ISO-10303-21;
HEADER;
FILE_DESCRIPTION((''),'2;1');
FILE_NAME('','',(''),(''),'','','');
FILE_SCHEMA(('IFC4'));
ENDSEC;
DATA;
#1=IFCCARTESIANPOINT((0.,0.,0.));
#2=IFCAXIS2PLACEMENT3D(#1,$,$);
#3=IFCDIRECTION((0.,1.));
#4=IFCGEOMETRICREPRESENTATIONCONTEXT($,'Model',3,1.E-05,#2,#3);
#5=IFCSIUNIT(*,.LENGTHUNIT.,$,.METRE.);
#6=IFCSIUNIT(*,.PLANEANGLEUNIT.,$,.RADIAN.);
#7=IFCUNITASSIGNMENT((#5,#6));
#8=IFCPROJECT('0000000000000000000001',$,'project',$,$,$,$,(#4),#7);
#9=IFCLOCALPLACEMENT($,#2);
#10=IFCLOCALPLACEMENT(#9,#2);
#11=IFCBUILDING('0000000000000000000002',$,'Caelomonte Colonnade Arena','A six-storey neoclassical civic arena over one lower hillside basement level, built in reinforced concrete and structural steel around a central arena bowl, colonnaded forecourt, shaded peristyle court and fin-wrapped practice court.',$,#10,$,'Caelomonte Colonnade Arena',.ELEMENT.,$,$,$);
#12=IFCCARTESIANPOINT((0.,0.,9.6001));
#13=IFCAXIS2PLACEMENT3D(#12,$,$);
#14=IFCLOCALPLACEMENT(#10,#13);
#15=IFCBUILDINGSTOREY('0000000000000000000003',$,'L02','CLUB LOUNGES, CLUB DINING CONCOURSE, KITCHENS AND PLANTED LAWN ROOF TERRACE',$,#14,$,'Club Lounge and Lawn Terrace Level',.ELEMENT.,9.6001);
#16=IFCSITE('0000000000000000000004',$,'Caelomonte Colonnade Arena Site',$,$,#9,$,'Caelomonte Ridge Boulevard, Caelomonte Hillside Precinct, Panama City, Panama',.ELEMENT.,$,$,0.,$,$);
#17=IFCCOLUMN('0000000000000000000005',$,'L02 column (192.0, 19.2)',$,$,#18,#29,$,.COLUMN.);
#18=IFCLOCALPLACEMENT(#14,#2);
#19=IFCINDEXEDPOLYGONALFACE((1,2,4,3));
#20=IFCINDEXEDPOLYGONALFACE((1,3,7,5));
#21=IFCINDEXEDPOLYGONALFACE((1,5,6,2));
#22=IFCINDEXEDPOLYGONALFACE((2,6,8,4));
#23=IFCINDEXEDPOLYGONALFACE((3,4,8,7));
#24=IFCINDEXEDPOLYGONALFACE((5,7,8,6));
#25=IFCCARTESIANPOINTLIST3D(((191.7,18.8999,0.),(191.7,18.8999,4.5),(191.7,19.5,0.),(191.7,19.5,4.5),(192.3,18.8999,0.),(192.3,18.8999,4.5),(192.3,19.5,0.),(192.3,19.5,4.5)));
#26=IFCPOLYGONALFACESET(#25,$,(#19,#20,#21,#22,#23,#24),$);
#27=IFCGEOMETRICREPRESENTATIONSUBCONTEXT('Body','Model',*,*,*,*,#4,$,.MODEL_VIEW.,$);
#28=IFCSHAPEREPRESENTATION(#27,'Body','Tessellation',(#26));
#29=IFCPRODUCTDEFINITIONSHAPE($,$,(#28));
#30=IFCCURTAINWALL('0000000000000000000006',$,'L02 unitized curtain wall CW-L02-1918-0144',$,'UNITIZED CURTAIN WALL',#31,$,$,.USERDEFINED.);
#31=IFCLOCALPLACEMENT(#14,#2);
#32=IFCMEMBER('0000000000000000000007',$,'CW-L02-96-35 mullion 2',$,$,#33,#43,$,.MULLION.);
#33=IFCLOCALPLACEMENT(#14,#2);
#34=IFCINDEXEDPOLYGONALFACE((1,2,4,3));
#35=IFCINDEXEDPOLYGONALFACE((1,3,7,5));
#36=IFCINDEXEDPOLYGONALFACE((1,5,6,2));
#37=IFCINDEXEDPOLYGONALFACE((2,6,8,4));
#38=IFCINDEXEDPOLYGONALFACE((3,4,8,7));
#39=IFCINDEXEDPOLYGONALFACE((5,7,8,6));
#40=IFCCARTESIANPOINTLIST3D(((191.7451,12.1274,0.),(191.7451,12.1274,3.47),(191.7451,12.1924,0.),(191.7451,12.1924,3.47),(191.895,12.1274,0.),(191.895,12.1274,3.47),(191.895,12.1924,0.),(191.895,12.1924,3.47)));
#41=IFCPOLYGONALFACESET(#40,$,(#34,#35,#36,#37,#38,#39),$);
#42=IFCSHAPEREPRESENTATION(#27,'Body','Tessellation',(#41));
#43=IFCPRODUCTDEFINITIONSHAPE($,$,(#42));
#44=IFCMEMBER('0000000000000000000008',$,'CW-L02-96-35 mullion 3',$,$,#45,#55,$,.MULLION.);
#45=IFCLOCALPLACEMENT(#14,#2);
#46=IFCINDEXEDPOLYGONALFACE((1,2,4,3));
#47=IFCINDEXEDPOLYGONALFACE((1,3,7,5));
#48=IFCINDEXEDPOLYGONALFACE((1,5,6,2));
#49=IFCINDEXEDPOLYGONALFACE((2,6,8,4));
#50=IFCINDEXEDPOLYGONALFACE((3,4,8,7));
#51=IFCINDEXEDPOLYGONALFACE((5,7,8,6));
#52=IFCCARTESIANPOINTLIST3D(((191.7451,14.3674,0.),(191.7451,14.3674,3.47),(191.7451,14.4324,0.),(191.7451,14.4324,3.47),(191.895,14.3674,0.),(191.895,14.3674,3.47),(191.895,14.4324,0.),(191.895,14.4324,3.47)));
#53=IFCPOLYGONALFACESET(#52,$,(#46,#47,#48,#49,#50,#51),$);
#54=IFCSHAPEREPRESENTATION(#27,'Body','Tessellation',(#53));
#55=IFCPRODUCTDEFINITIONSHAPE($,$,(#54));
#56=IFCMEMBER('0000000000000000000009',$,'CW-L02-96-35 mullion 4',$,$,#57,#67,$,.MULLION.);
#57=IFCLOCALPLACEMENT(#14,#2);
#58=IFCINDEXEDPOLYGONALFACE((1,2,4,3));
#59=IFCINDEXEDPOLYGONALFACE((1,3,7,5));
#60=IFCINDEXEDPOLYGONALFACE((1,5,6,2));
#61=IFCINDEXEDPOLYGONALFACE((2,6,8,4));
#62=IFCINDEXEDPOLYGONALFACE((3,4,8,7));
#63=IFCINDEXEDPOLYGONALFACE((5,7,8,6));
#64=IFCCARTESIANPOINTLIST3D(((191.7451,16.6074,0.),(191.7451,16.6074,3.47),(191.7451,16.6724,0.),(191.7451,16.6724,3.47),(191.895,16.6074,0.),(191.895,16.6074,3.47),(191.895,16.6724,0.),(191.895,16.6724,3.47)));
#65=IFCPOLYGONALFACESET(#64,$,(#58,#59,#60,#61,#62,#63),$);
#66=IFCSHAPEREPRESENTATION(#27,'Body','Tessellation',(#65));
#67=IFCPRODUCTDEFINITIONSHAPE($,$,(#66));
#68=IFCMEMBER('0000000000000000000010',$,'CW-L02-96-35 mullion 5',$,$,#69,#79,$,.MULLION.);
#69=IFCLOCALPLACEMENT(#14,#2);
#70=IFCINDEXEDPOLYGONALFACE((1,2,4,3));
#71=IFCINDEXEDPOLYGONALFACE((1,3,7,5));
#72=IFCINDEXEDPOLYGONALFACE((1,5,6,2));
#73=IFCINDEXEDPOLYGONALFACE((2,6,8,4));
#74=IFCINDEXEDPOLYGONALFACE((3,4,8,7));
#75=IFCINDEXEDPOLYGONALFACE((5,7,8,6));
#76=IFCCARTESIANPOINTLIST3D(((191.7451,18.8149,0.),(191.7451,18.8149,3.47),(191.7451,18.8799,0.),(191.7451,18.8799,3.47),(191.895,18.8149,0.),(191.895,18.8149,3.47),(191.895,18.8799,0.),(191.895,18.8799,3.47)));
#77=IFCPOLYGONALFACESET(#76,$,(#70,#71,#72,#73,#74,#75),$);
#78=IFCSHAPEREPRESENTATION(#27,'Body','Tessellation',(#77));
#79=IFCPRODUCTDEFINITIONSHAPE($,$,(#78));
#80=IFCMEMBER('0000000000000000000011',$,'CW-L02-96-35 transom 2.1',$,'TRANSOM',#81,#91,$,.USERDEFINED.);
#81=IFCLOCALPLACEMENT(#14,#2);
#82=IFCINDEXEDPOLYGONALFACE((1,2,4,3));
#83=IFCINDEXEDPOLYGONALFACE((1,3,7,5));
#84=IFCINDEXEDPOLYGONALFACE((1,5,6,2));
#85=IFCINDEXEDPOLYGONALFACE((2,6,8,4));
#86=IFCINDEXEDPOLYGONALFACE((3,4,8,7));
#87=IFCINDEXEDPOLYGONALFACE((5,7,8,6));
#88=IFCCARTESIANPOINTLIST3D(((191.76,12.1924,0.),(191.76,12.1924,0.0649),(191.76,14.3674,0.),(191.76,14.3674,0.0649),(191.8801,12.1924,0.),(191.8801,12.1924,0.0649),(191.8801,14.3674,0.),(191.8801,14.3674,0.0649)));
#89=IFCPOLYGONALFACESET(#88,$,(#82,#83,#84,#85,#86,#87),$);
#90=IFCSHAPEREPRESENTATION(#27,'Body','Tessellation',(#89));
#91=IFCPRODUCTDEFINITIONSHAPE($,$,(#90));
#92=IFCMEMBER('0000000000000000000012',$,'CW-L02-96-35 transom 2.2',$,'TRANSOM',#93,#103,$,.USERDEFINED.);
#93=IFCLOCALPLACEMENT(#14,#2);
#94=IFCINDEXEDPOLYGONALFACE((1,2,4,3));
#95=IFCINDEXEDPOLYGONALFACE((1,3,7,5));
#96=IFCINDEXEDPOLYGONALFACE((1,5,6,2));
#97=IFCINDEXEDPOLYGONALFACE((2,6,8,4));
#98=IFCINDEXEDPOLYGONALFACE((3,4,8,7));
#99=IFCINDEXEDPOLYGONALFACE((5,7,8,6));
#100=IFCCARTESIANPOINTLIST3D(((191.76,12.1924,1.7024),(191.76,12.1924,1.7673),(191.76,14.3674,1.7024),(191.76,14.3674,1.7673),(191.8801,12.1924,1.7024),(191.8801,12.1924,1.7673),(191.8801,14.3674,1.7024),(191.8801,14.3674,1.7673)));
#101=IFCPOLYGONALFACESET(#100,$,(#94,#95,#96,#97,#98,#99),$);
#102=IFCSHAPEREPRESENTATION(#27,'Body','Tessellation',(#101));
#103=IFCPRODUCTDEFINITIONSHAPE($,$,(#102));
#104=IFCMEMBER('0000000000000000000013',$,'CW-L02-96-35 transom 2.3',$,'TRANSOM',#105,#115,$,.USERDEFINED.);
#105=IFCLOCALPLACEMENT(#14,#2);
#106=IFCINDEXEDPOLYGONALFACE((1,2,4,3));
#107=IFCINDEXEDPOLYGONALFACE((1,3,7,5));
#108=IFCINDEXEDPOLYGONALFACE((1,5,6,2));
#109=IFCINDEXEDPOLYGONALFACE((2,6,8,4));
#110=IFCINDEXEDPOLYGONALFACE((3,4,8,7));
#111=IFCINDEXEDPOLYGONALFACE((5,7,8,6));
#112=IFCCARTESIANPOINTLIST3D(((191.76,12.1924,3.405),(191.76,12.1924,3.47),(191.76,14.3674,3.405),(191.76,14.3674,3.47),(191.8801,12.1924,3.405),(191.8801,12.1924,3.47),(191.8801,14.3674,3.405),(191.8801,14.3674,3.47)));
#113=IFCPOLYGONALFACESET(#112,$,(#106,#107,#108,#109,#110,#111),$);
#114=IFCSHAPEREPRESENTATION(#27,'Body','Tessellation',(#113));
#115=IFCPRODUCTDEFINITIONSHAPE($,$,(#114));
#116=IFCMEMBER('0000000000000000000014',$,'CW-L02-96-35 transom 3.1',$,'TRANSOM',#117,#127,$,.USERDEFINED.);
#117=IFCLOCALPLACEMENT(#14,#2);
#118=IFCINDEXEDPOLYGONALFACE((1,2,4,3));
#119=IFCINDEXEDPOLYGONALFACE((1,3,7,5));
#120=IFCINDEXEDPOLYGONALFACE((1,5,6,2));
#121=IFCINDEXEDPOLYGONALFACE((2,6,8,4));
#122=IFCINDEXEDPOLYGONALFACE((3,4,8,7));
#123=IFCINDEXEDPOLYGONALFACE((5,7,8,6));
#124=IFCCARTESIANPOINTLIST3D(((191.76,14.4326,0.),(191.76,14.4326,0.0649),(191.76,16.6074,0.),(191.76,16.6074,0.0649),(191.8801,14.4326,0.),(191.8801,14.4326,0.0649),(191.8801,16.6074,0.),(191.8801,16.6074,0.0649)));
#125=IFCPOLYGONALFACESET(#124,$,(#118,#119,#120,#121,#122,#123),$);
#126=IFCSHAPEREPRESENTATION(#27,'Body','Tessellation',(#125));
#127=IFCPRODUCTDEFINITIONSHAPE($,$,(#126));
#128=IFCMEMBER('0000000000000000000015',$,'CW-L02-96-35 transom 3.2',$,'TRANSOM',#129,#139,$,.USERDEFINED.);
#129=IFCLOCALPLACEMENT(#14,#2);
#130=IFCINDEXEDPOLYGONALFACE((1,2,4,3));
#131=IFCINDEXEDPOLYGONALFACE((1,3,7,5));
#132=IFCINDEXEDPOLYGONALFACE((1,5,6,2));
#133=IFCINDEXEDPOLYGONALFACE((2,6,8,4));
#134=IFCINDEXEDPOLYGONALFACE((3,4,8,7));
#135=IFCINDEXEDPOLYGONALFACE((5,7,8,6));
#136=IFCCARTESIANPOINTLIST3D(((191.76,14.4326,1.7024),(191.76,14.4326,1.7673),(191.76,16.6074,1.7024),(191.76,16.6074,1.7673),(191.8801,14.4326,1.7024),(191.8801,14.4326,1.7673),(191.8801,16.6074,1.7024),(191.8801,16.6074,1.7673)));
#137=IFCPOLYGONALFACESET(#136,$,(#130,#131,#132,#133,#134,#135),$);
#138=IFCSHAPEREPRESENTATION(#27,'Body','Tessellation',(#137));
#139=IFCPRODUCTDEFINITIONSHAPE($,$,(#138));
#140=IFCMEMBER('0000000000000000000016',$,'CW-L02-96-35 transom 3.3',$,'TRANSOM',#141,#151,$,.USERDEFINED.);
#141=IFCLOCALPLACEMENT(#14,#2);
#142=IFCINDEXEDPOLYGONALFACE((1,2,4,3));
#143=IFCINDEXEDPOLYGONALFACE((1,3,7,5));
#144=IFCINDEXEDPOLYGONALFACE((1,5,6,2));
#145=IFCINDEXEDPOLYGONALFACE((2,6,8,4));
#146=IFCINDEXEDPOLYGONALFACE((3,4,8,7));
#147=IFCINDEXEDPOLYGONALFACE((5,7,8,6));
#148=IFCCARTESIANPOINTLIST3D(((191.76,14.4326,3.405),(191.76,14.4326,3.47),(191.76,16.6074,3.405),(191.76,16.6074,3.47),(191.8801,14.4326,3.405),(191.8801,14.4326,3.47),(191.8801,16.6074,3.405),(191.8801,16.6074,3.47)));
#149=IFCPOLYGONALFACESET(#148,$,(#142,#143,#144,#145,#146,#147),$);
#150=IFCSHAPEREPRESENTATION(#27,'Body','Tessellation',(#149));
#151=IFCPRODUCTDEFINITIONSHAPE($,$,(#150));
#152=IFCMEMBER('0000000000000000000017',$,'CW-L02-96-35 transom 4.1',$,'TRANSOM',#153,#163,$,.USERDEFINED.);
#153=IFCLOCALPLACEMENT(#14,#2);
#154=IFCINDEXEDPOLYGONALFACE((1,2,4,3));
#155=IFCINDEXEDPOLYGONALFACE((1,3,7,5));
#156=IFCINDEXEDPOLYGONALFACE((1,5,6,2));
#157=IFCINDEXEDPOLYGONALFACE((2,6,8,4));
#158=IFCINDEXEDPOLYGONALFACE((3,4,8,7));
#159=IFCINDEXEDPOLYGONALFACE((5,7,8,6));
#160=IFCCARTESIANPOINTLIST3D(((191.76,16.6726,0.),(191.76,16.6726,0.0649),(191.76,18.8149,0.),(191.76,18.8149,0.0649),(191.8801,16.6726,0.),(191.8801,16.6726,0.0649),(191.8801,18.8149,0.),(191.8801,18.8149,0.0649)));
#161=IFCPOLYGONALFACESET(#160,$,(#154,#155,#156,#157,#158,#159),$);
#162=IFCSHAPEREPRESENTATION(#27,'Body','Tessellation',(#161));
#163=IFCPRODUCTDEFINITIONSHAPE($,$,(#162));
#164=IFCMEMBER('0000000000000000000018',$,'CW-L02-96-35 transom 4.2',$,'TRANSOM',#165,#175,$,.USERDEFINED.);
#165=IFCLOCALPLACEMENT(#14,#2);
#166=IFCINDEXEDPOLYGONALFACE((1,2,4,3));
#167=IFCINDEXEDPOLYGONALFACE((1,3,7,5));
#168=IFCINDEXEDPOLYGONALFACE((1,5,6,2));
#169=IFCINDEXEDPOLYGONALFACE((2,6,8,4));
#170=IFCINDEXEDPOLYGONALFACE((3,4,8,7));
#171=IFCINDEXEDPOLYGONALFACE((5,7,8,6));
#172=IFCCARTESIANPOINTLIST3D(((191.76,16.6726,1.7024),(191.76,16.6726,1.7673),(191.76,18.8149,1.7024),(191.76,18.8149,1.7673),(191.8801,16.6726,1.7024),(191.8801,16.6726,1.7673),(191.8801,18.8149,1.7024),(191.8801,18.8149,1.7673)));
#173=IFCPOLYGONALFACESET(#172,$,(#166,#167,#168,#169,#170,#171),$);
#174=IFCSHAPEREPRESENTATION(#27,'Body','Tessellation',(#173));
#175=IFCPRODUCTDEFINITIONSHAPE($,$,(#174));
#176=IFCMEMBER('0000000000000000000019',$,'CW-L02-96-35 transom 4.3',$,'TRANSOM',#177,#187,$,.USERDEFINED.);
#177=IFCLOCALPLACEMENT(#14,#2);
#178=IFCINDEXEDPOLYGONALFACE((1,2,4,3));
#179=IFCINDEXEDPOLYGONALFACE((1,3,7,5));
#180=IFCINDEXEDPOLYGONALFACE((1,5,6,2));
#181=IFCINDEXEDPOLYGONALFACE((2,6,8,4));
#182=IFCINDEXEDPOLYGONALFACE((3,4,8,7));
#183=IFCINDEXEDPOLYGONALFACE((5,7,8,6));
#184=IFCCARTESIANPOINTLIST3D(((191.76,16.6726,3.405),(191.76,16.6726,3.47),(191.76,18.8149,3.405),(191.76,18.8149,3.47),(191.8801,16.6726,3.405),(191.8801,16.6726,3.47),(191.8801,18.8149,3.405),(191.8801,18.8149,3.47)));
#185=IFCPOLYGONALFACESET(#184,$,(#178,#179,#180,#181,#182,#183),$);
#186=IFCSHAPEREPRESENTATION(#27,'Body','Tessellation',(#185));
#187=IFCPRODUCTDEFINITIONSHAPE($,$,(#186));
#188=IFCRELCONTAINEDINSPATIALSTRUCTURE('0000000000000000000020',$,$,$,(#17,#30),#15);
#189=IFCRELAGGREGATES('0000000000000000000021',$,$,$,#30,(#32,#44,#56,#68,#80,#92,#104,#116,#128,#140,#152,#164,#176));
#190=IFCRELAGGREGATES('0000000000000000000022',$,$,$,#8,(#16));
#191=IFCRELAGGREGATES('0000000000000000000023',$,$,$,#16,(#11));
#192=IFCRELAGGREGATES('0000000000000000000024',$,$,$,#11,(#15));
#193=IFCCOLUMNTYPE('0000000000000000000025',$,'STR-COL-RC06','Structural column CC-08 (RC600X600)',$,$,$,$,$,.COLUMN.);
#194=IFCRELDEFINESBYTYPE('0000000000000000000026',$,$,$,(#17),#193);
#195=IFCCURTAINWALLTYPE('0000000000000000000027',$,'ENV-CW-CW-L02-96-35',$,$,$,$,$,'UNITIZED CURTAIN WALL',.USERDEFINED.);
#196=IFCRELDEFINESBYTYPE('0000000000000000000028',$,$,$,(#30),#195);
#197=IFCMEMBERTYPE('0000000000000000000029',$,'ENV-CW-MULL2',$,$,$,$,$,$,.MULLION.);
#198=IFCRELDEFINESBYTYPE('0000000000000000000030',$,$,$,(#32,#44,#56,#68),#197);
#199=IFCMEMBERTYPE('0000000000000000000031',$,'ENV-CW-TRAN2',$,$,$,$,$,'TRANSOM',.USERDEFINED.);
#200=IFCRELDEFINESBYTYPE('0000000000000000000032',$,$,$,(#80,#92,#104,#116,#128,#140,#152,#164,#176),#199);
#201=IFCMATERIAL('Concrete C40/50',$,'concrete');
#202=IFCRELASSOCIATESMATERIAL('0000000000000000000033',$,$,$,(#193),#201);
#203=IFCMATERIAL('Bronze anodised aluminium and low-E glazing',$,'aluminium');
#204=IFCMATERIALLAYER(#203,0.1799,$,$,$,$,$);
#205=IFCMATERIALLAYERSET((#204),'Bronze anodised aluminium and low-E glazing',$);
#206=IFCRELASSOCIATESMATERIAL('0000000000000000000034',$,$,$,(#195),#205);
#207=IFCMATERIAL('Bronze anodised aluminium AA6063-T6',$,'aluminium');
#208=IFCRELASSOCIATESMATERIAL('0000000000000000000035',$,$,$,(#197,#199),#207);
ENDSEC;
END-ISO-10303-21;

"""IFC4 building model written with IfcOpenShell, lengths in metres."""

from ifc_helpers import new_model, si_unit, direction, frame, origin, origin_2d, place, context, subcontext, project, spatial, rectangle, extrude, material, layer, layer_set, material_profile, profile_set, type_object, element, aggregate, save


model = new_model("IFC4")

# Units and contexts
model_context = context("Model", 3, precision=1e-05, world=origin(), true_north=direction((0.0, 1.0)))
body_context = subcontext(model_context, "Body", "Model", "MODEL_VIEW")
ifc_project = project(units=[si_unit("LENGTHUNIT", "METRE"), si_unit("PLANEANGLEUNIT", "RADIAN")], contexts=[model_context])

# Site, building, storey
site_placement = place(None, origin())
site = spatial("IfcSite", under=ifc_project, at=site_placement, Name="Caelomonte Colonnade Arena Site", LongName="Caelomonte Ridge Boulevard, Caelomonte Hillside Precinct, Panama City, Panama", CompositionType="ELEMENT", RefElevation=0.0)
building_placement = place(site_placement, origin())
building = spatial("IfcBuilding", under=site, at=building_placement, Name="Caelomonte Colonnade Arena", Description="A six-storey neoclassical civic arena over one lower hillside basement level, built in reinforced concrete and structural steel around a central arena bowl, colonnaded forecourt, shaded peristyle court and fin-wrapped practice court.", LongName="Caelomonte Colonnade Arena", CompositionType="ELEMENT")
storey_placement = place(building_placement, frame((0.0, 0.0, 9.6001)))
storey = spatial("IfcBuildingStorey", under=building, at=storey_placement, Name="L02", Description="CLUB LOUNGES, CLUB DINING CONCOURSE, KITCHENS AND PLANTED LAWN ROOF TERRACE", LongName="Club Lounge and Lawn Terrace Level", CompositionType="ELEMENT", Elevation=9.6001)

# Column
ifc_material_1 = material(Name="Concrete C40/50", Category="concrete")
ifc_material_profile_1 = material_profile(ifc_material_1, rectangle(XDim=0.6001, YDim=0.6001, at=origin_2d()), Name="RC600X600")
ifc_profile_set_1 = profile_set([ifc_material_profile_1], Name="Concrete C40/50")
column_type = type_object("IfcColumnType", Name="STR-COL-RC06", Description="Structural column CC-08 (RC600X600)", PredefinedType="COLUMN", material=ifc_profile_set_1)
column_placement = place(storey_placement, frame((192.0, 19.2, 0.0), z_axis=(0.0, 0.0, 1.0), x_axis=(1.0, 0.0, 0.0)))
element("IfcColumn", 1, at=column_placement, inside=storey, type_object=column_type, Name="L02 column (192.0, 19.2)", PredefinedType="COLUMN", context=body_context, shape_type="SweptSolid", body=[
    extrude(rectangle(XDim=0.6001, YDim=0.6001, at=origin_2d()), origin(), (0.0, 0.0, 1.0), 4.5),
])

# Curtain wall, members
ifc_material_2 = material(Name="Bronze anodised aluminium and low-E glazing", Category="aluminium")
ifc_layer_1 = layer(ifc_material_2, 0.1799)
ifc_layer_set_1 = layer_set([ifc_layer_1], Name="Bronze anodised aluminium and low-E glazing")
curtain_wall_type = type_object("IfcCurtainWallType", Name="ENV-CW-CW-L02-96-35", ElementType="UNITIZED CURTAIN WALL", PredefinedType="USERDEFINED", material=ifc_layer_set_1)
curtain_wall_placement = place(storey_placement, origin())
curtain_wall = element("IfcCurtainWall", 2, at=curtain_wall_placement, inside=storey, type_object=curtain_wall_type, Name="L02 unitized curtain wall CW-L02-1918-0144", ObjectType="UNITIZED CURTAIN WALL", PredefinedType="USERDEFINED")
ifc_material_3 = material(Name="Bronze anodised aluminium AA6063-T6", Category="aluminium")
ifc_material_profile_2 = material_profile(ifc_material_3, rectangle(XDim=0.0649, YDim=0.1499, at=origin_2d()), Name="CWM-65X150")
ifc_profile_set_2 = profile_set([ifc_material_profile_2], Name="Bronze anodised aluminium AA6063-T6")
member_type_1 = type_object("IfcMemberType", Name="ENV-CW-MULL2", PredefinedType="MULLION", material=ifc_profile_set_2)
member_1_placement = place(storey_placement, frame((191.8201, 12.1599, 0.0), z_axis=(0.0, 0.0, 1.0), x_axis=(0.0, 1.0, 0.0)))
member_1 = element("IfcMember", 3, at=member_1_placement, type_object=member_type_1, Name="CW-L02-96-35 mullion 2", PredefinedType="MULLION", context=body_context, shape_type="SweptSolid", body=[
    extrude(rectangle(XDim=0.0649, YDim=0.1499, at=origin_2d()), origin(), (0.0, 0.0, 1.0), 3.47),
])
member_2_placement = place(storey_placement, frame((191.8201, 14.3999, 0.0), z_axis=(0.0, 0.0, 1.0), x_axis=(0.0, 1.0, 0.0)))
member_2 = element("IfcMember", 4, at=member_2_placement, type_object=member_type_1, Name="CW-L02-96-35 mullion 3", PredefinedType="MULLION", context=body_context, shape_type="SweptSolid", body=[
    extrude(rectangle(XDim=0.0649, YDim=0.1499, at=origin_2d()), origin(), (0.0, 0.0, 1.0), 3.47),
])
member_3_placement = place(storey_placement, frame((191.8201, 16.6399, 0.0), z_axis=(0.0, 0.0, 1.0), x_axis=(0.0, 1.0, 0.0)))
member_3 = element("IfcMember", 5, at=member_3_placement, type_object=member_type_1, Name="CW-L02-96-35 mullion 4", PredefinedType="MULLION", context=body_context, shape_type="SweptSolid", body=[
    extrude(rectangle(XDim=0.0649, YDim=0.1499, at=origin_2d()), origin(), (0.0, 0.0, 1.0), 3.47),
])
member_4_placement = place(storey_placement, frame((191.8201, 18.8474, 0.0), z_axis=(0.0, 0.0, 1.0), x_axis=(0.0, 1.0, 0.0)))
member_4 = element("IfcMember", 6, at=member_4_placement, type_object=member_type_1, Name="CW-L02-96-35 mullion 5", PredefinedType="MULLION", context=body_context, shape_type="SweptSolid", body=[
    extrude(rectangle(XDim=0.0649, YDim=0.1499, at=origin_2d()), origin(), (0.0, 0.0, 1.0), 3.47),
])
ifc_material_profile_3 = material_profile(ifc_material_3, rectangle(XDim=0.0649, YDim=0.1201, at=origin_2d()), Name="CWT-65X120")
ifc_profile_set_3 = profile_set([ifc_material_profile_3], Name="Bronze anodised aluminium AA6063-T6")
member_type_2 = type_object("IfcMemberType", Name="ENV-CW-TRAN2", ElementType="TRANSOM", PredefinedType="USERDEFINED", material=ifc_profile_set_3)
member_5_placement = place(storey_placement, frame((191.8201, 12.1924, 0.0325), z_axis=(0.0, 1.0, 0.0), x_axis=(0.0, 0.0, 1.0)))
member_5 = element("IfcMember", 7, at=member_5_placement, type_object=member_type_2, Name="CW-L02-96-35 transom 2.1", ObjectType="TRANSOM", PredefinedType="USERDEFINED", context=body_context, shape_type="SweptSolid", body=[
    extrude(rectangle(XDim=0.0649, YDim=0.1201, at=origin_2d()), origin(), (0.0, 0.0, 1.0), 2.175),
])
member_6_placement = place(storey_placement, frame((191.8201, 12.1924, 1.7349), z_axis=(0.0, 1.0, 0.0), x_axis=(0.0, 0.0, 1.0)))
member_6 = element("IfcMember", 8, at=member_6_placement, type_object=member_type_2, Name="CW-L02-96-35 transom 2.2", ObjectType="TRANSOM", PredefinedType="USERDEFINED", context=body_context, shape_type="SweptSolid", body=[
    extrude(rectangle(XDim=0.0649, YDim=0.1201, at=origin_2d()), origin(), (0.0, 0.0, 1.0), 2.175),
])
member_7_placement = place(storey_placement, frame((191.8201, 12.1924, 3.4375), z_axis=(0.0, 1.0, 0.0), x_axis=(0.0, 0.0, 1.0)))
member_7 = element("IfcMember", 9, at=member_7_placement, type_object=member_type_2, Name="CW-L02-96-35 transom 2.3", ObjectType="TRANSOM", PredefinedType="USERDEFINED", context=body_context, shape_type="SweptSolid", body=[
    extrude(rectangle(XDim=0.0649, YDim=0.1201, at=origin_2d()), origin(), (0.0, 0.0, 1.0), 2.175),
])
member_8_placement = place(storey_placement, frame((191.8201, 14.4326, 0.0325), z_axis=(0.0, 1.0, 0.0), x_axis=(0.0, 0.0, 1.0)))
member_8 = element("IfcMember", 10, at=member_8_placement, type_object=member_type_2, Name="CW-L02-96-35 transom 3.1", ObjectType="TRANSOM", PredefinedType="USERDEFINED", context=body_context, shape_type="SweptSolid", body=[
    extrude(rectangle(XDim=0.0649, YDim=0.1201, at=origin_2d()), origin(), (0.0, 0.0, 1.0), 2.1748),
])
member_9_placement = place(storey_placement, frame((191.8201, 14.4326, 1.7349), z_axis=(0.0, 1.0, 0.0), x_axis=(0.0, 0.0, 1.0)))
member_9 = element("IfcMember", 11, at=member_9_placement, type_object=member_type_2, Name="CW-L02-96-35 transom 3.2", ObjectType="TRANSOM", PredefinedType="USERDEFINED", context=body_context, shape_type="SweptSolid", body=[
    extrude(rectangle(XDim=0.0649, YDim=0.1201, at=origin_2d()), origin(), (0.0, 0.0, 1.0), 2.1748),
])
member_10_placement = place(storey_placement, frame((191.8201, 14.4326, 3.4375), z_axis=(0.0, 1.0, 0.0), x_axis=(0.0, 0.0, 1.0)))
member_10 = element("IfcMember", 12, at=member_10_placement, type_object=member_type_2, Name="CW-L02-96-35 transom 3.3", ObjectType="TRANSOM", PredefinedType="USERDEFINED", context=body_context, shape_type="SweptSolid", body=[
    extrude(rectangle(XDim=0.0649, YDim=0.1201, at=origin_2d()), origin(), (0.0, 0.0, 1.0), 2.1748),
])
member_11_placement = place(storey_placement, frame((191.8201, 16.6726, 0.0325), z_axis=(0.0, 1.0, 0.0), x_axis=(0.0, 0.0, 1.0)))
member_11 = element("IfcMember", 13, at=member_11_placement, type_object=member_type_2, Name="CW-L02-96-35 transom 4.1", ObjectType="TRANSOM", PredefinedType="USERDEFINED", context=body_context, shape_type="SweptSolid", body=[
    extrude(rectangle(XDim=0.0649, YDim=0.1201, at=origin_2d()), origin(), (0.0, 0.0, 1.0), 2.1423),
])
member_12_placement = place(storey_placement, frame((191.8201, 16.6726, 1.7349), z_axis=(0.0, 1.0, 0.0), x_axis=(0.0, 0.0, 1.0)))
member_12 = element("IfcMember", 14, at=member_12_placement, type_object=member_type_2, Name="CW-L02-96-35 transom 4.2", ObjectType="TRANSOM", PredefinedType="USERDEFINED", context=body_context, shape_type="SweptSolid", body=[
    extrude(rectangle(XDim=0.0649, YDim=0.1201, at=origin_2d()), origin(), (0.0, 0.0, 1.0), 2.1423),
])
member_13_placement = place(storey_placement, frame((191.8201, 16.6726, 3.4375), z_axis=(0.0, 1.0, 0.0), x_axis=(0.0, 0.0, 1.0)))
member_13 = element("IfcMember", 15, at=member_13_placement, type_object=member_type_2, Name="CW-L02-96-35 transom 4.3", ObjectType="TRANSOM", PredefinedType="USERDEFINED", context=body_context, shape_type="SweptSolid", body=[
    extrude(rectangle(XDim=0.0649, YDim=0.1201, at=origin_2d()), origin(), (0.0, 0.0, 1.0), 2.1423),
])

aggregate(curtain_wall, [member_1, member_2, member_3, member_4, member_5, member_6, member_7, member_8, member_9, member_10, member_11, member_12, member_13])

save(model, "model.ifc")
